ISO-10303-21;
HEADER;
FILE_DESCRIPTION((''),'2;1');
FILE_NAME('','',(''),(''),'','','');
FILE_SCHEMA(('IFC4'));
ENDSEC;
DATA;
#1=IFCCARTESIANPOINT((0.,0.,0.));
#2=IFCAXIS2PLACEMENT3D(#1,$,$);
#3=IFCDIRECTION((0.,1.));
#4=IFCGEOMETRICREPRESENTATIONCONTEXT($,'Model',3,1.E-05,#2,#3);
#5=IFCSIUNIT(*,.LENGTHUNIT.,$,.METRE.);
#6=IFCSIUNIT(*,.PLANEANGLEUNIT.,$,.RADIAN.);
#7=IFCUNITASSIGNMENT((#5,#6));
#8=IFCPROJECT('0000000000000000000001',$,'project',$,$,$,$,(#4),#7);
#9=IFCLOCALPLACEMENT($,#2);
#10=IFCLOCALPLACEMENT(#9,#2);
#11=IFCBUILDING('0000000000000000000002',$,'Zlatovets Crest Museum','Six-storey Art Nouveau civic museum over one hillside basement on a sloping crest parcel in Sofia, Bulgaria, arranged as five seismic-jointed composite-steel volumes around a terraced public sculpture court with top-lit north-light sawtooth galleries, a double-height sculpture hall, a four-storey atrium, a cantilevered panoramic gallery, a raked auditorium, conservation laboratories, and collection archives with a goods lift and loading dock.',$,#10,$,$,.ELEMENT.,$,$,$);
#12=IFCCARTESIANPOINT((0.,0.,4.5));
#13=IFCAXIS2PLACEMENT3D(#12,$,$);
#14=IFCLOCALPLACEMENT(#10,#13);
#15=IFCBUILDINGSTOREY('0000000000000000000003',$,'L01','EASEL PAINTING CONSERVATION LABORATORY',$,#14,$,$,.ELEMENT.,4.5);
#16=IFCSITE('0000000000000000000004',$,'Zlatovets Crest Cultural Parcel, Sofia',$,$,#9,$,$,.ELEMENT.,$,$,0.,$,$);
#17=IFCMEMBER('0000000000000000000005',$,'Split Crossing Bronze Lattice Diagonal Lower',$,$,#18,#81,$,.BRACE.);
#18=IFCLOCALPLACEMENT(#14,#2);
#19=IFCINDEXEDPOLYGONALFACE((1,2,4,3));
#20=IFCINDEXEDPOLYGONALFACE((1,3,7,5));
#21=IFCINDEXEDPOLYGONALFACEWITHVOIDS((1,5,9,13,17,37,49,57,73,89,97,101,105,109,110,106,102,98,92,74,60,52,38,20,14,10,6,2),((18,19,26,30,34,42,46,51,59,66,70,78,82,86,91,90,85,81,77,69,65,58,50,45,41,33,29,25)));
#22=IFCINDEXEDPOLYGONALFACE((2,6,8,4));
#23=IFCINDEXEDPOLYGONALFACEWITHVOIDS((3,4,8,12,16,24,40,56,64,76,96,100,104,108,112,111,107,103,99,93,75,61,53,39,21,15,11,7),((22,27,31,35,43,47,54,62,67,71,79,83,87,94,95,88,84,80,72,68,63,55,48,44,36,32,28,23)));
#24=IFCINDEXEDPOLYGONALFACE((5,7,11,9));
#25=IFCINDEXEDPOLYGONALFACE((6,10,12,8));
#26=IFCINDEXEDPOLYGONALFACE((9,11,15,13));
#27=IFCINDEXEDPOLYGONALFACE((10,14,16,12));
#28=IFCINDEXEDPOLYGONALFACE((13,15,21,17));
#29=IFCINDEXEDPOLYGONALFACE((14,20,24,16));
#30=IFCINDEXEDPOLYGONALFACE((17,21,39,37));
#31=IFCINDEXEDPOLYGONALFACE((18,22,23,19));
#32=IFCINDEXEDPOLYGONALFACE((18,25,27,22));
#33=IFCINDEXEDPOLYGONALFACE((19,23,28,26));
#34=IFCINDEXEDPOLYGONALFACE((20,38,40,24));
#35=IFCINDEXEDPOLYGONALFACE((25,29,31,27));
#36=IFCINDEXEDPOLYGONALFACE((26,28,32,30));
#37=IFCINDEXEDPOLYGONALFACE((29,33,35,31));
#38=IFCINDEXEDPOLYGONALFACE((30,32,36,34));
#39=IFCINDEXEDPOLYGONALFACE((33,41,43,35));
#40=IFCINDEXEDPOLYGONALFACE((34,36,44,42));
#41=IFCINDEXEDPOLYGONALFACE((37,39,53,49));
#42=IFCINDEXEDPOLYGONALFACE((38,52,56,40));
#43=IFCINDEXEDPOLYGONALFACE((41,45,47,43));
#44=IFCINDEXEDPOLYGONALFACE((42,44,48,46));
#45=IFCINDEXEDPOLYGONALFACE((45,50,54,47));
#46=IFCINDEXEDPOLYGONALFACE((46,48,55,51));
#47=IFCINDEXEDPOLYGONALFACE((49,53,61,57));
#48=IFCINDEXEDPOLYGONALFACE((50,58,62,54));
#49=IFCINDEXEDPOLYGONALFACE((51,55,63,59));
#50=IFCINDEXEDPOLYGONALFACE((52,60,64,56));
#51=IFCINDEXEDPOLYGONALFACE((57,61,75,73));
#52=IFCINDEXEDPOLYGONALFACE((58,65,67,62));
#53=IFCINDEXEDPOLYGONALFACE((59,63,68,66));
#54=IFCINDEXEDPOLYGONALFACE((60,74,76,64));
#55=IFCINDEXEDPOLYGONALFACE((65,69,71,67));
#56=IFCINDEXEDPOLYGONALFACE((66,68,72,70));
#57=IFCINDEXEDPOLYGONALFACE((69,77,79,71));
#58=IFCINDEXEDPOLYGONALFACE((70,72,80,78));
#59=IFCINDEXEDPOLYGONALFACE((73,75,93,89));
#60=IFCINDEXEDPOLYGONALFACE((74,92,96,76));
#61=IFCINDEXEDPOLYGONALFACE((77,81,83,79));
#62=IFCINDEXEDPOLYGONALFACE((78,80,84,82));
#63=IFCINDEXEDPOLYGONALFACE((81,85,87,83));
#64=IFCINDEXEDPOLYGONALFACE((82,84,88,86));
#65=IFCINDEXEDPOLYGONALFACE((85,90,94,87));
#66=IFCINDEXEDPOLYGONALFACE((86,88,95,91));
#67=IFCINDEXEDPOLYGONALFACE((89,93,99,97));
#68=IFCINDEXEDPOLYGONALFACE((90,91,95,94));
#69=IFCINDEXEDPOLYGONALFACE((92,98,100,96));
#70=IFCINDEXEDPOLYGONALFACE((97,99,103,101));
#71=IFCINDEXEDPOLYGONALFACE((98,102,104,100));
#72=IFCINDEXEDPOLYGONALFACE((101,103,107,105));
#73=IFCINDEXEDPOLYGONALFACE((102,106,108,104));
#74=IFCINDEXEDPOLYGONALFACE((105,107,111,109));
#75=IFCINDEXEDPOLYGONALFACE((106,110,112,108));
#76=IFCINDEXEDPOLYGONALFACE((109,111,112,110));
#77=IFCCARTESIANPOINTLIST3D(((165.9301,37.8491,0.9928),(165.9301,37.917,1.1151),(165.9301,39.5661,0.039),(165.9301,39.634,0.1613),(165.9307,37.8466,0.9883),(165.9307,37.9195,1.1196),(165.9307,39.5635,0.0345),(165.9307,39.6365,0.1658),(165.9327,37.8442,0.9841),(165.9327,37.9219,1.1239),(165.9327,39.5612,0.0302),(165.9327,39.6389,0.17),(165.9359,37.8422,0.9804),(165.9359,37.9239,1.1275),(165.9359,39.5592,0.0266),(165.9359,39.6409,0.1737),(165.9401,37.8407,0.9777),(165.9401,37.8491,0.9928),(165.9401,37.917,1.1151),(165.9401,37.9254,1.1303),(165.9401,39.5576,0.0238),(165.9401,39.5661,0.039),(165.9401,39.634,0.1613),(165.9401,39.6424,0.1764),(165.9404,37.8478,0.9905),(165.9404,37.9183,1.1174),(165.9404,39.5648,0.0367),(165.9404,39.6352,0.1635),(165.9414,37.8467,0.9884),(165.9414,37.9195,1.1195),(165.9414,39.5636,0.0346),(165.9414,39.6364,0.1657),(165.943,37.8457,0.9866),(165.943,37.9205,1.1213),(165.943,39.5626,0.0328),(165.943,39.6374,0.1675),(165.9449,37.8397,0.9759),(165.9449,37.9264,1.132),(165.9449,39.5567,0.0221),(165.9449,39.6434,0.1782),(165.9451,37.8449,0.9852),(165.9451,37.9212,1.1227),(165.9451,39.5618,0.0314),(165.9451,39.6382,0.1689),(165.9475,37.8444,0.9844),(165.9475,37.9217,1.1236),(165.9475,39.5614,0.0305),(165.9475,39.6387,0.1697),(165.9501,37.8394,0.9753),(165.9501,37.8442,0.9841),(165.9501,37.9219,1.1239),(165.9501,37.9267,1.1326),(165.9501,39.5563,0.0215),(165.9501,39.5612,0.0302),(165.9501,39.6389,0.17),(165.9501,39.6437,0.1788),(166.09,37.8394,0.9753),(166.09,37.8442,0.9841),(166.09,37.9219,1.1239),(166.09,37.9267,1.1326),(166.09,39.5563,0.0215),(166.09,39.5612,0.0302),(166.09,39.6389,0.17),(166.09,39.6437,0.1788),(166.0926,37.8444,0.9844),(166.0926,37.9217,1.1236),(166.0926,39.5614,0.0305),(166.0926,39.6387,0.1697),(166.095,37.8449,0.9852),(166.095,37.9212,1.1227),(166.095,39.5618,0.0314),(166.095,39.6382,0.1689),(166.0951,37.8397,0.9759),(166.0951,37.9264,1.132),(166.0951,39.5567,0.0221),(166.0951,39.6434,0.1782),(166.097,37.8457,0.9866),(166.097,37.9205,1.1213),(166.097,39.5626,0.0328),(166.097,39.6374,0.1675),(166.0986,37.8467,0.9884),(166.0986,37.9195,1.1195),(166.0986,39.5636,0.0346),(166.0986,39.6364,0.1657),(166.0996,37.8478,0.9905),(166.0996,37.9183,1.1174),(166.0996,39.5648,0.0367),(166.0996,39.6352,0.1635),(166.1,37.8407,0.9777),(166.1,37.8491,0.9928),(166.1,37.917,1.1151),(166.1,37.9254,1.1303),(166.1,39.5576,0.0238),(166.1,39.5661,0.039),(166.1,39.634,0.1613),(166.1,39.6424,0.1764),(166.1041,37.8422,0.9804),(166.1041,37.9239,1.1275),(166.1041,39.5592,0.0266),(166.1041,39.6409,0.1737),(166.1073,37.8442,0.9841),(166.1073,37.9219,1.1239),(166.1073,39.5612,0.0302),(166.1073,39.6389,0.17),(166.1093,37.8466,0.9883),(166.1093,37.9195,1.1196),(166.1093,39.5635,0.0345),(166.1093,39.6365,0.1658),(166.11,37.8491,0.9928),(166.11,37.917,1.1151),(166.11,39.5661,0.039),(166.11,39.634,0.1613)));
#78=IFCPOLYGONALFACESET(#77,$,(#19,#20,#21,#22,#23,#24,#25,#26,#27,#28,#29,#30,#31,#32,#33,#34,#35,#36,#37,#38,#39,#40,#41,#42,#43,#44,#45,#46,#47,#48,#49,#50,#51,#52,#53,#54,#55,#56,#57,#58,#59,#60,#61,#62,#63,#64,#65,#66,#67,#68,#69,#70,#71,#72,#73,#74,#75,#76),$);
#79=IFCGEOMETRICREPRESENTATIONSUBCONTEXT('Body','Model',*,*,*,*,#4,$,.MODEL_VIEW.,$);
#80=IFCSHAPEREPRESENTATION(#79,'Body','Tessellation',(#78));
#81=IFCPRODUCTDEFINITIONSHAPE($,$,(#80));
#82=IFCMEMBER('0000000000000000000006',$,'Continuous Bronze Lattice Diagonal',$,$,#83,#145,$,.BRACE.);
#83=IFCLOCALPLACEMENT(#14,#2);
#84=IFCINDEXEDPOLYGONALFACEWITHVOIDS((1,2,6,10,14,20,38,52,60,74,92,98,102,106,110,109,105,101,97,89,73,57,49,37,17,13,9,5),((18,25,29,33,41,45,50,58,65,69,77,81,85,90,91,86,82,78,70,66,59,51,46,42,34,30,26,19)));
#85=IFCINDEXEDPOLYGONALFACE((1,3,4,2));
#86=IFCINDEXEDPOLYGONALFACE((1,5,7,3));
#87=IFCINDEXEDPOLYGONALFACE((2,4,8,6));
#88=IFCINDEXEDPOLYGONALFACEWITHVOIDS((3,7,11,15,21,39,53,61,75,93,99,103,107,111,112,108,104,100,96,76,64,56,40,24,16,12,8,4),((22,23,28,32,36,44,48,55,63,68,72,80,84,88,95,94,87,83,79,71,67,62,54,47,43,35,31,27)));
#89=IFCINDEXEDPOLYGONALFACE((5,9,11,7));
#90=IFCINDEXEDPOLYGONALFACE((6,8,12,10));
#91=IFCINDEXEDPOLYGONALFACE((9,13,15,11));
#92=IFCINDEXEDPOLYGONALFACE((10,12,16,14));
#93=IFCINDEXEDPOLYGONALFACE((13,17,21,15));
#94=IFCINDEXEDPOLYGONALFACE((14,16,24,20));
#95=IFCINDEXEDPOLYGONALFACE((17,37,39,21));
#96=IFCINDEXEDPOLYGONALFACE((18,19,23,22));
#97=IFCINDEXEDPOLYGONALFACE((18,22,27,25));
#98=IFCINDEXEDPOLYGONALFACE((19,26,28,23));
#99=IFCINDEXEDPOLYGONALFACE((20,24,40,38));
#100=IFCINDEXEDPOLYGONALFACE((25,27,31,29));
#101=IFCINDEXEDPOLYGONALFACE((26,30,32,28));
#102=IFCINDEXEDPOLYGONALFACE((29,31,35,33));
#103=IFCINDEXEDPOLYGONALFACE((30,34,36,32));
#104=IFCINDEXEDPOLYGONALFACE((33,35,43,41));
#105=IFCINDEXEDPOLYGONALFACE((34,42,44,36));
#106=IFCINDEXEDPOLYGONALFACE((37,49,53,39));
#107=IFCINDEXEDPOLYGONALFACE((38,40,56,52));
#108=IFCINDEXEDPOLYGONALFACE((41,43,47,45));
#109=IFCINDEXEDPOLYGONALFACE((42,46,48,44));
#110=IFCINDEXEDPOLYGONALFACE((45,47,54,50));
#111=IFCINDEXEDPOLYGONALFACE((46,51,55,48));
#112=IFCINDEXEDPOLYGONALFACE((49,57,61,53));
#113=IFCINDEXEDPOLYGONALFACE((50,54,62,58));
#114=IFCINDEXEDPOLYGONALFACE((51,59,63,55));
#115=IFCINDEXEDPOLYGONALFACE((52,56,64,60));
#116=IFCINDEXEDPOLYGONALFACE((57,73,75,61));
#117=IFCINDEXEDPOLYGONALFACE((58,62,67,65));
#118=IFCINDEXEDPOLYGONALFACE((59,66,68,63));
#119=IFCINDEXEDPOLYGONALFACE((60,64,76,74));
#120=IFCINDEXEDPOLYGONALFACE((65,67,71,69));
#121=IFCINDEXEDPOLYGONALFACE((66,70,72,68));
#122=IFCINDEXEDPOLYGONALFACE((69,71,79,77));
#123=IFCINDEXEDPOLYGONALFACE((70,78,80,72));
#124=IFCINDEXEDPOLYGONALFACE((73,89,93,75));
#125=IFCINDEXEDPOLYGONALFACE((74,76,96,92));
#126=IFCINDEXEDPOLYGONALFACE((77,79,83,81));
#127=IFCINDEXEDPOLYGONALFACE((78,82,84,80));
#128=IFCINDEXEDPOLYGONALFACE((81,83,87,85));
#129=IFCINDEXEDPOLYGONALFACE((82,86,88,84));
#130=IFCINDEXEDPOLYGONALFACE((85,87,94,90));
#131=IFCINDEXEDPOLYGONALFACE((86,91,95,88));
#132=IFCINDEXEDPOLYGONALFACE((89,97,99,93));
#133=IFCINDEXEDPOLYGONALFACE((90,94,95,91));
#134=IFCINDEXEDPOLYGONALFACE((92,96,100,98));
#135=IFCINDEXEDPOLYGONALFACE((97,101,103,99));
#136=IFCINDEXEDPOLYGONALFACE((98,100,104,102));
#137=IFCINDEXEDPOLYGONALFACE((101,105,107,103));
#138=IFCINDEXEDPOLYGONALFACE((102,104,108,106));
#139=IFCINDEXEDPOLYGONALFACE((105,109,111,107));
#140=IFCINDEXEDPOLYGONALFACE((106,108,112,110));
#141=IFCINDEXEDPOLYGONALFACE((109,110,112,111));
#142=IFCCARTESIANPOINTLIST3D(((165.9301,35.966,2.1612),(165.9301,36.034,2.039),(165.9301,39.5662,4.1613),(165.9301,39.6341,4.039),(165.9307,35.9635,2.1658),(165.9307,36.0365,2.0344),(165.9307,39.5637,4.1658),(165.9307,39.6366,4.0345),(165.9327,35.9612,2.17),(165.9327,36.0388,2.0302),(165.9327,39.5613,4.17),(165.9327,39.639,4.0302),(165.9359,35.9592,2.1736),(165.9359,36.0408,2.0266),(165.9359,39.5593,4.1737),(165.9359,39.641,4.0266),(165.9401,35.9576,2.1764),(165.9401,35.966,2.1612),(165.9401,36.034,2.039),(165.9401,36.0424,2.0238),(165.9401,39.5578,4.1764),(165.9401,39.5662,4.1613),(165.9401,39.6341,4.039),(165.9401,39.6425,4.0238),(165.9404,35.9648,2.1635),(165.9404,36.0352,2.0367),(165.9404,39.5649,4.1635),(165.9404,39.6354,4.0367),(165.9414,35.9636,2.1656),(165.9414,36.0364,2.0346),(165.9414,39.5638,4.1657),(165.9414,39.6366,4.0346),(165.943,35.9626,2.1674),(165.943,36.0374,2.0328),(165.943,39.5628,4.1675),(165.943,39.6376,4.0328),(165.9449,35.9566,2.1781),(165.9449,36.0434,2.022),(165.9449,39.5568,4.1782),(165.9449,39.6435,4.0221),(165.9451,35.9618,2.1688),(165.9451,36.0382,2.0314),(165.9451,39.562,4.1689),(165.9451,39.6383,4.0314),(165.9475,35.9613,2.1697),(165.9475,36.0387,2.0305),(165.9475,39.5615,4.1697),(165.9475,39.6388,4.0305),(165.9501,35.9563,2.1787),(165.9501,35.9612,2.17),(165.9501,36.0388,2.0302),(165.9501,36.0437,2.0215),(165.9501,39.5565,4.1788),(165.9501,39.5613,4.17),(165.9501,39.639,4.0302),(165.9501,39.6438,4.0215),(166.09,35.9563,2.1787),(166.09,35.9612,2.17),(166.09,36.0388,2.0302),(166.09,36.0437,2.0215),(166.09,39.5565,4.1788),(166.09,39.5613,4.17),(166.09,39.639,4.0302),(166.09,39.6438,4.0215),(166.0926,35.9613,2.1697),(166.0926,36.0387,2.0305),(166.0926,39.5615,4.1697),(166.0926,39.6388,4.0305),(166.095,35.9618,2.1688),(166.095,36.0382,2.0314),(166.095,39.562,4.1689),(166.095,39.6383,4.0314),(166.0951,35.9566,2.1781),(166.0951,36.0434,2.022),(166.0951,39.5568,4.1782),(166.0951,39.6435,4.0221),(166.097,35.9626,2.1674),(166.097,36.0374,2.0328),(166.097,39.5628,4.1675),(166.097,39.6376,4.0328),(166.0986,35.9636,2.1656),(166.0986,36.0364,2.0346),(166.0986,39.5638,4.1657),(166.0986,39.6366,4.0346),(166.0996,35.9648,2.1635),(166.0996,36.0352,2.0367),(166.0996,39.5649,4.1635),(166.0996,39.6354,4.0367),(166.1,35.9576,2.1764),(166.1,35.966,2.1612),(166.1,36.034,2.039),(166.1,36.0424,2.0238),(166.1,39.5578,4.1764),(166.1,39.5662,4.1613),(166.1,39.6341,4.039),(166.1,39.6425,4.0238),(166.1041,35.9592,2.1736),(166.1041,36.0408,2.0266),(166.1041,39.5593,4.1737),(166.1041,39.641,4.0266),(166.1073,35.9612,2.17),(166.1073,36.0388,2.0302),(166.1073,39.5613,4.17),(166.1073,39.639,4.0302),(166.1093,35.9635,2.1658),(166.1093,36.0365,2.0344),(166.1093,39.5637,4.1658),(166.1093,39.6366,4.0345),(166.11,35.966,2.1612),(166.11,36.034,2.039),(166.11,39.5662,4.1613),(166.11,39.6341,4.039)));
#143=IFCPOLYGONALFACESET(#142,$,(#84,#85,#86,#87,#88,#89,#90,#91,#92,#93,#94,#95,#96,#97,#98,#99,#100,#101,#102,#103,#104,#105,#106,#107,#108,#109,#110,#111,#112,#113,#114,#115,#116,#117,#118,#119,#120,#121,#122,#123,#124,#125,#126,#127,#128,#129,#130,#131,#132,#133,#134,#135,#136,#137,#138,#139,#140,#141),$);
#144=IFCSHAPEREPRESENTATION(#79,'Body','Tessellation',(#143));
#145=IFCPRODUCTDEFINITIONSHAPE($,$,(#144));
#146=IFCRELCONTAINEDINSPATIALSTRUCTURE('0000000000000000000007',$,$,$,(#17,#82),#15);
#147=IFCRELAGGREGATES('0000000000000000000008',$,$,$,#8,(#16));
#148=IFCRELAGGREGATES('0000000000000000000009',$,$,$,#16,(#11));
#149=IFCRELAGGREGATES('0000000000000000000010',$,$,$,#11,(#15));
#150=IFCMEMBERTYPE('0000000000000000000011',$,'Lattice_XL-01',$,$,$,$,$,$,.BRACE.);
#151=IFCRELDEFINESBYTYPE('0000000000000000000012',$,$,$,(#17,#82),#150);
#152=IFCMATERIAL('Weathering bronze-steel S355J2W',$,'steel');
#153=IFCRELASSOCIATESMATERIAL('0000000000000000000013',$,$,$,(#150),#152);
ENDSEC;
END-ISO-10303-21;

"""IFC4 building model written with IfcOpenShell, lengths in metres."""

from ifc_helpers import new_model, si_unit, direction, frame, origin, origin_2d, place, context, subcontext, project, spatial, hollow_rectangle, extrude, material, material_profile, profile_set, type_object, element, save


model = new_model("IFC4")

# Units and contexts
model_context = context("Model", 3, precision=1e-05, world=origin(), true_north=direction((0.0, 1.0)))
body_context = subcontext(model_context, "Body", "Model", "MODEL_VIEW")
ifc_project = project(units=[si_unit("LENGTHUNIT", "METRE"), si_unit("PLANEANGLEUNIT", "RADIAN")], contexts=[model_context])

# Site, building, storey
site_placement = place(None, origin())
site = spatial("IfcSite", under=ifc_project, at=site_placement, Name="Zlatovets Crest Cultural Parcel, Sofia", CompositionType="ELEMENT", RefElevation=0.0)
building_placement = place(site_placement, origin())
building = spatial("IfcBuilding", under=site, at=building_placement, Name="Zlatovets Crest Museum", Description="Six-storey Art Nouveau civic museum over one hillside basement on a sloping crest parcel in Sofia, Bulgaria, arranged as five seismic-jointed composite-steel volumes around a terraced public sculpture court with top-lit north-light sawtooth galleries, a double-height sculpture hall, a four-storey atrium, a cantilevered panoramic gallery, a raked auditorium, conservation laboratories, and collection archives with a goods lift and loading dock.", CompositionType="ELEMENT")
storey_placement = place(building_placement, frame((0.0, 0.0, 4.5)))
storey = spatial("IfcBuildingStorey", under=building, at=storey_placement, Name="L01", Description="EASEL PAINTING CONSERVATION LABORATORY", CompositionType="ELEMENT", Elevation=4.5)

# Members
ifc_material_1 = material(Name="Weathering bronze-steel S355J2W", Category="steel")
ifc_material_profile_1 = material_profile(ifc_material_1, hollow_rectangle(XDim=0.1799, YDim=0.1799, WallThickness=0.01, InnerFilletRadius=0.01, OuterFilletRadius=0.02, at=origin_2d()), Name="SHS 180x180x10.0")
ifc_profile_set_1 = profile_set([ifc_material_profile_1], Name="Weathering bronze-steel S355J2W")
member_type_1 = type_object("IfcMemberType", Name="Lattice_XL-01", PredefinedType="BRACE", material=ifc_profile_set_1)
member_1_placement = place(storey_placement, frame((166.02, 37.8831, 1.054), z_axis=(0.0, 0.874169, -0.485622), x_axis=(-1.0, 0.0, 0.0)))
element("IfcMember", 1, at=member_1_placement, inside=storey, type_object=member_type_1, Name="Split Crossing Bronze Lattice Diagonal Lower", PredefinedType="BRACE", context=body_context, shape_type="SweptSolid", body=[
    extrude(hollow_rectangle(XDim=0.1799, YDim=0.1799, WallThickness=0.01, InnerFilletRadius=0.01, OuterFilletRadius=0.02, at=origin_2d()), origin(), (0.0, 0.0, 1.0), 1.9641),
])
member_2_placement = place(storey_placement, frame((166.02, 36.0, 2.1001), z_axis=(0.0, 0.874163, 0.485633), x_axis=(-1.0, 0.0, 0.0)))
element("IfcMember", 2, at=member_2_placement, inside=storey, type_object=member_type_1, Name="Continuous Bronze Lattice Diagonal", PredefinedType="BRACE", context=body_context, shape_type="SweptSolid", body=[
    extrude(hollow_rectangle(XDim=0.1799, YDim=0.1799, WallThickness=0.01, InnerFilletRadius=0.01, OuterFilletRadius=0.02, at=origin_2d()), origin(), (0.0, 0.0, 1.0), 4.1184),
])

save(model, "model.ifc")
